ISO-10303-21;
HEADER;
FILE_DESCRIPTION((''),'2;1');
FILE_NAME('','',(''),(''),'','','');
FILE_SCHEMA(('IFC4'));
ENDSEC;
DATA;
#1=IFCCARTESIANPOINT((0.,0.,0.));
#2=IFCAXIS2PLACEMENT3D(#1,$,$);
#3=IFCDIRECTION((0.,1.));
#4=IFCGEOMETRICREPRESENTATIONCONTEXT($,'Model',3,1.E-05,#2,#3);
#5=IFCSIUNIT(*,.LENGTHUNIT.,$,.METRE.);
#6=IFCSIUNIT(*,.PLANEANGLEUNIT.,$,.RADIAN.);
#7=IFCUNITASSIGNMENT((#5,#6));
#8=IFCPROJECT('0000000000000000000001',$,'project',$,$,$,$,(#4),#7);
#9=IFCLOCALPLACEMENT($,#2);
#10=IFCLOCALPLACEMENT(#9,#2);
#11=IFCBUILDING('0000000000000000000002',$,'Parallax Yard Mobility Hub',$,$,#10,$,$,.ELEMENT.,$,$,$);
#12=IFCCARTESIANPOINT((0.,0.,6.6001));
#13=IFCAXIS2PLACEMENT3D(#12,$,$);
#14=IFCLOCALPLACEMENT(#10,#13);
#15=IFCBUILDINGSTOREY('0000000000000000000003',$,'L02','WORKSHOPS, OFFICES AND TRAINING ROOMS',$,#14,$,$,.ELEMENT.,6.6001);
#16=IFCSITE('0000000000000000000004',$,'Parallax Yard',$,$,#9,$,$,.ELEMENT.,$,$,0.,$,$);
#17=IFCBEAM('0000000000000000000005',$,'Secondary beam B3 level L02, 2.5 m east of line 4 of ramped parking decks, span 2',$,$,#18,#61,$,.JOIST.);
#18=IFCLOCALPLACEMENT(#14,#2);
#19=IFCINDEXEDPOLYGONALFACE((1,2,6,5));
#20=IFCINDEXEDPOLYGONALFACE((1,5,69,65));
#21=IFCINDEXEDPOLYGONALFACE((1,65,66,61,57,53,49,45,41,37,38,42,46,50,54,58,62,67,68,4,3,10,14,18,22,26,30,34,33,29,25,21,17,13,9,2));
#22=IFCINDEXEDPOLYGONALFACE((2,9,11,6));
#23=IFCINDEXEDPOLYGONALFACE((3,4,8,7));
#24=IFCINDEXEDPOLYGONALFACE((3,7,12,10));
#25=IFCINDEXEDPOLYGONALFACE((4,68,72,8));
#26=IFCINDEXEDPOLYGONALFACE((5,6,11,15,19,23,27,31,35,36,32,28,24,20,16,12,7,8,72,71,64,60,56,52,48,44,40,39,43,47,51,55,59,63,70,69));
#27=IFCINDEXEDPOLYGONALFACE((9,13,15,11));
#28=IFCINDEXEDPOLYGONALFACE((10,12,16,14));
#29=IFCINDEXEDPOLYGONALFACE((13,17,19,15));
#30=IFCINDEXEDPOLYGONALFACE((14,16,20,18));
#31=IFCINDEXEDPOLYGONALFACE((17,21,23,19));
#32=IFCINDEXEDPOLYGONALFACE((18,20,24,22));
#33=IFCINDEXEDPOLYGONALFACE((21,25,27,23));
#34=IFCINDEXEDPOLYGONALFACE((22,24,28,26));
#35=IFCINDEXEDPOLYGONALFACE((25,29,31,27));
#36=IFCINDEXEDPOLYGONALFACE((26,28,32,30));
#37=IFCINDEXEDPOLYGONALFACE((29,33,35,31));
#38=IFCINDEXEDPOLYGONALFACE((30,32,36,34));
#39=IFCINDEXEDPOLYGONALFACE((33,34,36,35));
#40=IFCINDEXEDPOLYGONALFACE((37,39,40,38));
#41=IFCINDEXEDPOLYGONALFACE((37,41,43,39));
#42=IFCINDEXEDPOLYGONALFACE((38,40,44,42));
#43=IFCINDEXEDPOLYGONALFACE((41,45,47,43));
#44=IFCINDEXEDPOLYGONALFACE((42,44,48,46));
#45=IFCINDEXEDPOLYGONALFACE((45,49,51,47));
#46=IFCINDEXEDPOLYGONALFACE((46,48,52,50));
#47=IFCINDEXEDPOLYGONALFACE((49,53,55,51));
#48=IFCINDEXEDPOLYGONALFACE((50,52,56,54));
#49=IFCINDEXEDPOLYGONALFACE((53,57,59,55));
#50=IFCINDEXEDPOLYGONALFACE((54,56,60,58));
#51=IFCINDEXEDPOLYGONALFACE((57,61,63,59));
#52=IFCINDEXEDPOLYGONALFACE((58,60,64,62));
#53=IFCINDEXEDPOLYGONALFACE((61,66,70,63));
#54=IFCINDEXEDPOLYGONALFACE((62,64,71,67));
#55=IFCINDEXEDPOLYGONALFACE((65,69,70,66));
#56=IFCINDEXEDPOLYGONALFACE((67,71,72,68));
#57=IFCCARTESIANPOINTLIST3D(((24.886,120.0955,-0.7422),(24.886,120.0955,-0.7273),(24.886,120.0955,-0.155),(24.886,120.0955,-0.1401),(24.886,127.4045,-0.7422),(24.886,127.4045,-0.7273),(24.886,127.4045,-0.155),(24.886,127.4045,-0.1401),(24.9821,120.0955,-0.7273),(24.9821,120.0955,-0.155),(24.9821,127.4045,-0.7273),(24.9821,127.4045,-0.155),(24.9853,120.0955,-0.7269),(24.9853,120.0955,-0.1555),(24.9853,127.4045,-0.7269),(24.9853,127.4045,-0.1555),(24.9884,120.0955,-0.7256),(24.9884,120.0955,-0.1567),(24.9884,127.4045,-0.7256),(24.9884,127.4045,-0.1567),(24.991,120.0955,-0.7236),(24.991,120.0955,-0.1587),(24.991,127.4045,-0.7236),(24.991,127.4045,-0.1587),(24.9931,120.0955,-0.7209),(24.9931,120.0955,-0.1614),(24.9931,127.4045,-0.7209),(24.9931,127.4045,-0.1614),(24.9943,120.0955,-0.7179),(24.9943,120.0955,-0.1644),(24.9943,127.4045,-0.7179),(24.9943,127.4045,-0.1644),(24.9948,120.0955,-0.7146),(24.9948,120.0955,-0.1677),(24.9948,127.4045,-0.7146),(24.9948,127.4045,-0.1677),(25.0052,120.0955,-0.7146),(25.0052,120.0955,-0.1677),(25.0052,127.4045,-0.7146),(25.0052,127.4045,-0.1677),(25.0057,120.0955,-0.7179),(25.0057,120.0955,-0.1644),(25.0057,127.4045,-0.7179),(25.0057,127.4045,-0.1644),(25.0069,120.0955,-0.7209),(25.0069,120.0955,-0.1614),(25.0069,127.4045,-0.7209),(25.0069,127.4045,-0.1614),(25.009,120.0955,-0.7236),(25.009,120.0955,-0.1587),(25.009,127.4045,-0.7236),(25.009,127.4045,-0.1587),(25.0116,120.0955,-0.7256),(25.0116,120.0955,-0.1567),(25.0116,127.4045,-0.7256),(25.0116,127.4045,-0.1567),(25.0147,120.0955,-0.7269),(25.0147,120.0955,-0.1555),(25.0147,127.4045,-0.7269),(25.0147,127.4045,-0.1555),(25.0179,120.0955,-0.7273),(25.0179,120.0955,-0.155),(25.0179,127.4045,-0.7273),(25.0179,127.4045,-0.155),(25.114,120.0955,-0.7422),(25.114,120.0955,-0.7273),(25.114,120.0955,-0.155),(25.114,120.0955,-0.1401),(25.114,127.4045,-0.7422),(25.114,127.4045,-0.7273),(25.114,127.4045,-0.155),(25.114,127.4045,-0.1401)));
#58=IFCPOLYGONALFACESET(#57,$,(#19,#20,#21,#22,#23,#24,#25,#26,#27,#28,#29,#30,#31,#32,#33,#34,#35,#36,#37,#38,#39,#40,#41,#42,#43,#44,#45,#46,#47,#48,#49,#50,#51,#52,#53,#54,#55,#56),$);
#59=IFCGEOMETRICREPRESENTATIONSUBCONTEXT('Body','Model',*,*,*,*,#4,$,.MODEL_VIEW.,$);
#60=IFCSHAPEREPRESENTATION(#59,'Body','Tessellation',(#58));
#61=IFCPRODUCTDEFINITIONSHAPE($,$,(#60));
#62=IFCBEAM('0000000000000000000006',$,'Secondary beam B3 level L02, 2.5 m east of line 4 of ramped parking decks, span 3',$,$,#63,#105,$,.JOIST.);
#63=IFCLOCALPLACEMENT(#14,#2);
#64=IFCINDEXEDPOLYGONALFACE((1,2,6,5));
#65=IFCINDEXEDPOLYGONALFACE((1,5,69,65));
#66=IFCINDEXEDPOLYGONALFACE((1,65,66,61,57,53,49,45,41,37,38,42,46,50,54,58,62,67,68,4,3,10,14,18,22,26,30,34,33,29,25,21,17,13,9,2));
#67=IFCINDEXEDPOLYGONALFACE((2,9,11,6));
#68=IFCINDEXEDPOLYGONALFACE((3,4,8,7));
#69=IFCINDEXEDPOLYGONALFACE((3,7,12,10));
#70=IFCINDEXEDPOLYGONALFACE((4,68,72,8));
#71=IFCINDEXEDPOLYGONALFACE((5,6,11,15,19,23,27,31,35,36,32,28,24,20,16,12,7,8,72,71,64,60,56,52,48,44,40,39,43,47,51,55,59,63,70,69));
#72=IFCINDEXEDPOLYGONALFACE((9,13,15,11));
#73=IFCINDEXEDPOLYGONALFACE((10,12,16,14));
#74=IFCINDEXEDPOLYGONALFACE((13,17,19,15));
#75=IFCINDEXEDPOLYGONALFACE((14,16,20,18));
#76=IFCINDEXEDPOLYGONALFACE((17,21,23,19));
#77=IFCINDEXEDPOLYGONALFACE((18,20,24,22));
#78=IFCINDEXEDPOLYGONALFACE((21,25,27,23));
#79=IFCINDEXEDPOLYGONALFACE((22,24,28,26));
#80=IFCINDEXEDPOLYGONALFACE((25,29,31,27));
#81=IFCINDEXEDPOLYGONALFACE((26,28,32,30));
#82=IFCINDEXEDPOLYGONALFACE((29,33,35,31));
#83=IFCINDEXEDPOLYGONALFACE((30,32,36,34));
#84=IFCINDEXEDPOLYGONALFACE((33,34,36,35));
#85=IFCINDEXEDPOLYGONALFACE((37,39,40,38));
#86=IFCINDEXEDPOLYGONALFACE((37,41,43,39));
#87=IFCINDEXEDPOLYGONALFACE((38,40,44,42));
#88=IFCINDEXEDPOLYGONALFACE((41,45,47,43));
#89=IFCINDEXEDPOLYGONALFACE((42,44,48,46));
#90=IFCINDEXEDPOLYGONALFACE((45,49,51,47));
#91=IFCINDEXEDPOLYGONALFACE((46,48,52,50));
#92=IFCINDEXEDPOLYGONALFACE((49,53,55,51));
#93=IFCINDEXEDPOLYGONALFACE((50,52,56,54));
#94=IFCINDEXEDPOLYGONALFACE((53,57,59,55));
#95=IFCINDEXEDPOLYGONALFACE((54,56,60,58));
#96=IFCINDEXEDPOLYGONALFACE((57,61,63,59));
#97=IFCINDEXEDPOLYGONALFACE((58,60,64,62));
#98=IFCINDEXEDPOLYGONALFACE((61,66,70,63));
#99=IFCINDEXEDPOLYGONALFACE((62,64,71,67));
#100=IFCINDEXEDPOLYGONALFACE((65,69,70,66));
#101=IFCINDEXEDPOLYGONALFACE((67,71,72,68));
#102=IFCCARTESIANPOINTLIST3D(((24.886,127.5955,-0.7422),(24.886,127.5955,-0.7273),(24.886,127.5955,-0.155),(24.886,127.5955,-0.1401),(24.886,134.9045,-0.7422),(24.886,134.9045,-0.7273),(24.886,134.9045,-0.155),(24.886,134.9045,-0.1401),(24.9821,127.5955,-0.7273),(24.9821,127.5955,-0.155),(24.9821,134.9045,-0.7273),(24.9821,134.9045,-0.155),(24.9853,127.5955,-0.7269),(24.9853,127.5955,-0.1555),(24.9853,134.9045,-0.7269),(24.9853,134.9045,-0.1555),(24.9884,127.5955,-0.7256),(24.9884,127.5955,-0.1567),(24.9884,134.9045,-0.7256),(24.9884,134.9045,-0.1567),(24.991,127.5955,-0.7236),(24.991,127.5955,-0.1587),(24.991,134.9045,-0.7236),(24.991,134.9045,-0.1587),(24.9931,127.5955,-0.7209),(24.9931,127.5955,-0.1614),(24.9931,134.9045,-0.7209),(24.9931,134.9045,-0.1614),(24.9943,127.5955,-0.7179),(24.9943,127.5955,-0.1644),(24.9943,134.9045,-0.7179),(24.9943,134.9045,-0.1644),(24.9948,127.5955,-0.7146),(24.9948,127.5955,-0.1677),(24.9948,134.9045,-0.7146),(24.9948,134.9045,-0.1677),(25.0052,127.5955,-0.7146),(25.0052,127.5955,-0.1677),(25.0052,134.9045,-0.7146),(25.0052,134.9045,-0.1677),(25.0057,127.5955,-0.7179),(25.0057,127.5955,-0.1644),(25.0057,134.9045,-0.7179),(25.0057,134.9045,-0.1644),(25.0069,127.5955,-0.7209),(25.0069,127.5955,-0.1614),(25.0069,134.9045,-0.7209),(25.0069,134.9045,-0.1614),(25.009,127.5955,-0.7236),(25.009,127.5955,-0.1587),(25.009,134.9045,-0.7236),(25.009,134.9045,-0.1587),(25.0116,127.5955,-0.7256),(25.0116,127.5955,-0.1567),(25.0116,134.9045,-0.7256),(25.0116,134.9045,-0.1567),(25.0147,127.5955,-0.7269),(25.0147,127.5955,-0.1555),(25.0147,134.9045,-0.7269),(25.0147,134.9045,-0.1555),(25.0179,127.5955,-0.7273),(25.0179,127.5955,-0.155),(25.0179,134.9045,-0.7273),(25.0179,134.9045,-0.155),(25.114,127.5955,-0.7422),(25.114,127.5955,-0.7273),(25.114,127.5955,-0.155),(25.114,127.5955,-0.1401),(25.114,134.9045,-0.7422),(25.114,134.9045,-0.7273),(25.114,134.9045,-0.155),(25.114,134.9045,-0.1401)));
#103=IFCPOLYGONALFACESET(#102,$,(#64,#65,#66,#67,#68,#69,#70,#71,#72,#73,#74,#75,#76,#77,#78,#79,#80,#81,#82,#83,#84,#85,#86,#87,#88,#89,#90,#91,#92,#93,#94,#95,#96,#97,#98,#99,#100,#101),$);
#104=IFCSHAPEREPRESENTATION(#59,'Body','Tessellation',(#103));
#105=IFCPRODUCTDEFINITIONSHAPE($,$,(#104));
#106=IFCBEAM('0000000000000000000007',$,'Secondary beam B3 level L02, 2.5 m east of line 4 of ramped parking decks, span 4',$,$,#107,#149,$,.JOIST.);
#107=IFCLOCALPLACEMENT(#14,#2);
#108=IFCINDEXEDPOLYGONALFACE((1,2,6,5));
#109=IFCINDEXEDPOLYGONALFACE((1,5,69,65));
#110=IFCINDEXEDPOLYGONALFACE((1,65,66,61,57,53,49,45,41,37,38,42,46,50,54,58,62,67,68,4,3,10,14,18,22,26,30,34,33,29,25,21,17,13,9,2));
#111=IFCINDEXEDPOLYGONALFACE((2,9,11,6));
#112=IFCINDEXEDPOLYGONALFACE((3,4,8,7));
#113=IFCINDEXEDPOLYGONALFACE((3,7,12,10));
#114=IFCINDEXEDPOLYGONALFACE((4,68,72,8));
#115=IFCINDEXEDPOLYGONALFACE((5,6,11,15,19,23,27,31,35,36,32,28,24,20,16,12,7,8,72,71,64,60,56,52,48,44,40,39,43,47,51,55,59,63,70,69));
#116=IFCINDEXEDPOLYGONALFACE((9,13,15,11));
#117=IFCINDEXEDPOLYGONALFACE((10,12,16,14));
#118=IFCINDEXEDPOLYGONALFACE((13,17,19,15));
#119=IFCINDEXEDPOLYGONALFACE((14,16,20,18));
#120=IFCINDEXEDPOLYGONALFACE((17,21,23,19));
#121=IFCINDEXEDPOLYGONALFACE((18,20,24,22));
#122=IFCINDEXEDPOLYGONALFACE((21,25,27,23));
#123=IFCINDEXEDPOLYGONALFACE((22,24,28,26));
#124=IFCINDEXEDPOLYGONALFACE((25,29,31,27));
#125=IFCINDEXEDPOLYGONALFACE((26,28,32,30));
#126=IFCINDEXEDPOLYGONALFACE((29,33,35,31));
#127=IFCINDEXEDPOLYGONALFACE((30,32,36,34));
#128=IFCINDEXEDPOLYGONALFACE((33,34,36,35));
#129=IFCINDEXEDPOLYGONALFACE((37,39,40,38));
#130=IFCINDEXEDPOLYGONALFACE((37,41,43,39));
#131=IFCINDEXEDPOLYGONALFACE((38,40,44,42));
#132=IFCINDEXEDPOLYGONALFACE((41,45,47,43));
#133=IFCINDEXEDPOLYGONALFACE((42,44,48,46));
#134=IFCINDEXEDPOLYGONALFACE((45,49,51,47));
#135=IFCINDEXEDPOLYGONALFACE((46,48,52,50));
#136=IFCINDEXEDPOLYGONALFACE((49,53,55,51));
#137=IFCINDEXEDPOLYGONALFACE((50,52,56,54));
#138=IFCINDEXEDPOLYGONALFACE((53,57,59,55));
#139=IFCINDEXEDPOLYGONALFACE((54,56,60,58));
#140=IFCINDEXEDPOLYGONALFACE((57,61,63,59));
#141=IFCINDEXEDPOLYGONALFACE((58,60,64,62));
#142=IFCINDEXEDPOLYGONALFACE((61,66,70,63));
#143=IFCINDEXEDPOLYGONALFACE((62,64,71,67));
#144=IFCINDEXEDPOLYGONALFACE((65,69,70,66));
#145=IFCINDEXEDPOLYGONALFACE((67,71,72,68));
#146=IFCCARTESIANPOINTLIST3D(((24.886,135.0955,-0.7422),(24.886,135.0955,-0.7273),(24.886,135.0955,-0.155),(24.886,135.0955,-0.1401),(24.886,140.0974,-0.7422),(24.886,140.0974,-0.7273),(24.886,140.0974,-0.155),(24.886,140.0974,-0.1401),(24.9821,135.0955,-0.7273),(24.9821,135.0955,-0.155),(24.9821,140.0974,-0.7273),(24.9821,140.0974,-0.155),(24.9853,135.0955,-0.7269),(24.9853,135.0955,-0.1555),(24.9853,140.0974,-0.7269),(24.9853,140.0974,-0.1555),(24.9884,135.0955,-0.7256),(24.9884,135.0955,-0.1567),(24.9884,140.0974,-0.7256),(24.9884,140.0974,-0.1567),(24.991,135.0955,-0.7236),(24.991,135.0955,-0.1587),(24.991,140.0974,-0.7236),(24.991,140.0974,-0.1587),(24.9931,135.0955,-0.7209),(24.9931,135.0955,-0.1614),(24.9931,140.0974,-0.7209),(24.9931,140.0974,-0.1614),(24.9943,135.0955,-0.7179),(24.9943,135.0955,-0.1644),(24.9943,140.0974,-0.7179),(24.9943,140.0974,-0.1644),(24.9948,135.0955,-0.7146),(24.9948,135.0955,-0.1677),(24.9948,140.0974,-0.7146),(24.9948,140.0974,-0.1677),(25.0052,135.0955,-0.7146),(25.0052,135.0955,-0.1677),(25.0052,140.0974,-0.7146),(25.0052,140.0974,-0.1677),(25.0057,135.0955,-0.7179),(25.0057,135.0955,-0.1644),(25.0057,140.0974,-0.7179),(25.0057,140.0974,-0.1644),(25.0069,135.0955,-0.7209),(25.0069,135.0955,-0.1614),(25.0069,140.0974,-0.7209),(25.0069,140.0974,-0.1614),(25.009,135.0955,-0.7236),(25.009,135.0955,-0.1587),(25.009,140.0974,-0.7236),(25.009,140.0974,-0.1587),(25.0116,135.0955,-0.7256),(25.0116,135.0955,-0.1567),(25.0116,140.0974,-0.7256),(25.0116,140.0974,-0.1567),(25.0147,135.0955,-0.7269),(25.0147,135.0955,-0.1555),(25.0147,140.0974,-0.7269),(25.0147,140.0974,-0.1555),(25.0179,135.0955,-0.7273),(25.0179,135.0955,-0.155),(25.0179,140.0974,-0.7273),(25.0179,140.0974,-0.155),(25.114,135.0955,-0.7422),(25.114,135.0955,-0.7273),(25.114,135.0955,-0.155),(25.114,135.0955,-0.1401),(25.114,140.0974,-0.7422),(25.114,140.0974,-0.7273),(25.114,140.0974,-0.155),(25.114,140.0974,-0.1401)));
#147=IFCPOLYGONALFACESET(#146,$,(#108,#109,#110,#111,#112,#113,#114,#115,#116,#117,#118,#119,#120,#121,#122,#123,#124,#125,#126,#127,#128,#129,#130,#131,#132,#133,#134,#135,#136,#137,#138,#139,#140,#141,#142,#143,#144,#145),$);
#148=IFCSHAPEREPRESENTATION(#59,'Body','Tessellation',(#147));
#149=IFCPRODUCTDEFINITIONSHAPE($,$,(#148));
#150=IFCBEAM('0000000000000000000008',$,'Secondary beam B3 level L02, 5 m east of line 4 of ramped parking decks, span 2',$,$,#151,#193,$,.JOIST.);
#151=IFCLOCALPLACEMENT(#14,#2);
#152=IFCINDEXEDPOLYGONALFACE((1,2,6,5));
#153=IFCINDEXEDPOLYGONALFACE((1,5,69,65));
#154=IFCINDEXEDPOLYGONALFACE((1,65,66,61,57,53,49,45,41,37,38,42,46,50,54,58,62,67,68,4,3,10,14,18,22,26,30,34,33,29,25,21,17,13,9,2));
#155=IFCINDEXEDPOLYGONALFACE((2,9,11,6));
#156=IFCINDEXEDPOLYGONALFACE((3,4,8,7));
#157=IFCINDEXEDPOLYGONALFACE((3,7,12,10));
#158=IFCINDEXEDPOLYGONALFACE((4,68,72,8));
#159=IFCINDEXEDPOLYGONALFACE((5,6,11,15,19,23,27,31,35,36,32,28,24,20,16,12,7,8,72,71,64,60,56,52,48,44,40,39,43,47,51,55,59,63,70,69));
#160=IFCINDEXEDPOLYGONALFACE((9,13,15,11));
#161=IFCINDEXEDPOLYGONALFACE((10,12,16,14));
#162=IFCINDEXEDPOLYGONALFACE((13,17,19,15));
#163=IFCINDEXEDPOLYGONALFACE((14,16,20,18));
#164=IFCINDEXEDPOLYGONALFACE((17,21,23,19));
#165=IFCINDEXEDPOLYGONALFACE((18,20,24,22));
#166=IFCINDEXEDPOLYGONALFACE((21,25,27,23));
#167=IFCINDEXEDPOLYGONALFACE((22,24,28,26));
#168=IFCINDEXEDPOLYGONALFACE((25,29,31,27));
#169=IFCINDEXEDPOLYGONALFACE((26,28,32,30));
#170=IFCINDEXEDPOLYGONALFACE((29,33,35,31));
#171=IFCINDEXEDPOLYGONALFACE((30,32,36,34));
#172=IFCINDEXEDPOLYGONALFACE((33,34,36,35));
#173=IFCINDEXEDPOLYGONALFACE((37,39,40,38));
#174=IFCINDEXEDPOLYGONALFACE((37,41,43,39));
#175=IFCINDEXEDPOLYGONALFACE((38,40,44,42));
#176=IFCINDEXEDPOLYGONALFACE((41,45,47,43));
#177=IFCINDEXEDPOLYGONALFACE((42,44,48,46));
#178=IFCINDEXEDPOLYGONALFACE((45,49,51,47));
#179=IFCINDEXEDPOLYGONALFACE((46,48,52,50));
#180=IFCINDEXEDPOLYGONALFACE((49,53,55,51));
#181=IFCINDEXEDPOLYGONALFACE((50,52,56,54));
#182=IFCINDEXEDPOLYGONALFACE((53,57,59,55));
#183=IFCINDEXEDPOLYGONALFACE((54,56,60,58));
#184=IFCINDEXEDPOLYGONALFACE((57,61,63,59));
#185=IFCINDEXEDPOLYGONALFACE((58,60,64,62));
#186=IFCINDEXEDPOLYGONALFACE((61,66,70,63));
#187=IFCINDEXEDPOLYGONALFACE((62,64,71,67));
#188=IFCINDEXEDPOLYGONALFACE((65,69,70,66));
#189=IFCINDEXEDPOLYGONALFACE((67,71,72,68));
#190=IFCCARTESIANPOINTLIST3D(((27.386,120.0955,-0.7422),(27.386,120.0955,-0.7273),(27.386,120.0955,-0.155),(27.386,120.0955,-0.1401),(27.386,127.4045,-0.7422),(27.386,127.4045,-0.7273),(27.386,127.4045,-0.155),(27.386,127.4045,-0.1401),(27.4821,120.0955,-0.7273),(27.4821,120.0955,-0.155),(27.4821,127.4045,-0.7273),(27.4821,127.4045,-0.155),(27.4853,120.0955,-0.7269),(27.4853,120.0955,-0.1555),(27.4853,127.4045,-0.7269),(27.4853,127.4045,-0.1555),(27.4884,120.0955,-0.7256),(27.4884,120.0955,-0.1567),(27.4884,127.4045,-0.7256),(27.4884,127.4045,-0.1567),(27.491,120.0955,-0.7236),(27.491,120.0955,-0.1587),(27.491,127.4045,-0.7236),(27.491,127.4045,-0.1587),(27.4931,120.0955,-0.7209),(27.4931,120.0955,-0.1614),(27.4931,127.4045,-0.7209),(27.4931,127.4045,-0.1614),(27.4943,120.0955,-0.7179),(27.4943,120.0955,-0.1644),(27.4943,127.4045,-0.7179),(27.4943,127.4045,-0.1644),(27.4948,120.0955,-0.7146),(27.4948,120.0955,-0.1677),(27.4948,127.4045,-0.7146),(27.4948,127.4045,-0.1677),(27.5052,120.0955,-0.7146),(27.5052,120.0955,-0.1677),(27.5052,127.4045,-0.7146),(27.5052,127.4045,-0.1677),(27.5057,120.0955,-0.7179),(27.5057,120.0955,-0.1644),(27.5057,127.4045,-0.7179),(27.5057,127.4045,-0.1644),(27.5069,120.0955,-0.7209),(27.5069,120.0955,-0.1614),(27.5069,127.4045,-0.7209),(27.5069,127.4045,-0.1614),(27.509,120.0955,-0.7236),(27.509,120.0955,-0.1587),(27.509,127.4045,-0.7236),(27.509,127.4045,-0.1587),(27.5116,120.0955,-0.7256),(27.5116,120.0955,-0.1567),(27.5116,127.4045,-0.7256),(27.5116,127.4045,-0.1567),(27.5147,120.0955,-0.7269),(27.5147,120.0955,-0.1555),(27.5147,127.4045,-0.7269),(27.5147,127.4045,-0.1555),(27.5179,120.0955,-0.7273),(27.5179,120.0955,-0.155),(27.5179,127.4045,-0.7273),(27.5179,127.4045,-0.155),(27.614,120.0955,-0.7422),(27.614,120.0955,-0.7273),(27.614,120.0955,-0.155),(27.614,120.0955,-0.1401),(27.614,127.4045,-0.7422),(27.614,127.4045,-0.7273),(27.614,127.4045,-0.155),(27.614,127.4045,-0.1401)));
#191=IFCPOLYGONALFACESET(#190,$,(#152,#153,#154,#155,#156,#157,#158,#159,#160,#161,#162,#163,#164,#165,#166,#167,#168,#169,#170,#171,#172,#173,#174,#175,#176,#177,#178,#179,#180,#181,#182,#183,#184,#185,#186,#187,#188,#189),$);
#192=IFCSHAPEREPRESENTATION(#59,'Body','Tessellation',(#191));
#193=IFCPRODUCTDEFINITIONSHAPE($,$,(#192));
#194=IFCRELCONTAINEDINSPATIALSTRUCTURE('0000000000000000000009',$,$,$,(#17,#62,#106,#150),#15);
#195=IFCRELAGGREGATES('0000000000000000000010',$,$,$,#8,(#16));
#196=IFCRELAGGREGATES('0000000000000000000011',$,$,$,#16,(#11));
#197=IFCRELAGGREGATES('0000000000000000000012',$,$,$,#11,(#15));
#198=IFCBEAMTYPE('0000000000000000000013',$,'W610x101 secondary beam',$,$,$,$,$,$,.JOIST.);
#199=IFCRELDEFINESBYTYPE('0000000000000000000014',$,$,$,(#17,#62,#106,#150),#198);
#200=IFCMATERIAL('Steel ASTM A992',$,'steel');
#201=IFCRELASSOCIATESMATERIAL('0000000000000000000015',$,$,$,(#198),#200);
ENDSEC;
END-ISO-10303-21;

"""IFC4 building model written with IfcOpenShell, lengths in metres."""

from ifc_helpers import new_model, si_unit, direction, frame, origin, origin_2d, place, context, subcontext, project, spatial, i_section, extrude, material, material_profile, profile_set, type_object, element, save


model = new_model("IFC4")

# Units and contexts
model_context = context("Model", 3, precision=1e-05, world=origin(), true_north=direction((0.0, 1.0)))
body_context = subcontext(model_context, "Body", "Model", "MODEL_VIEW")
ifc_project = project(units=[si_unit("LENGTHUNIT", "METRE"), si_unit("PLANEANGLEUNIT", "RADIAN")], contexts=[model_context])

# Site, building, storey
site_placement = place(None, origin())
site = spatial("IfcSite", under=ifc_project, at=site_placement, Name="Parallax Yard", CompositionType="ELEMENT", RefElevation=0.0)
building_placement = place(site_placement, origin())
building = spatial("IfcBuilding", under=site, at=building_placement, Name="Parallax Yard Mobility Hub", CompositionType="ELEMENT")
storey_placement = place(building_placement, frame((0.0, 0.0, 6.6001)))
storey = spatial("IfcBuildingStorey", under=building, at=storey_placement, Name="L02", Description="WORKSHOPS, OFFICES AND TRAINING ROOMS", CompositionType="ELEMENT", Elevation=6.6001)

# Beams
ifc_material_1 = material(Name="Steel ASTM A992", Category="steel")
ifc_material_profile_1 = material_profile(ifc_material_1, i_section(OverallWidth=0.228, OverallDepth=0.6021, WebThickness=0.0105, FlangeThickness=0.0149, FilletRadius=0.0127, at=origin_2d()), Name="W610x101")
ifc_profile_set_1 = profile_set([ifc_material_profile_1], Name="Steel ASTM A992")
beam_type_1 = type_object("IfcBeamType", Name="W610x101 secondary beam", PredefinedType="JOIST", material=ifc_profile_set_1)
for number, where, z_axis, x_axis, name in (
    (1, (25.0, 120.0955, -0.4412), (0.0, 1.0, 0.0), (-1.0, 0.0, 0.0), "Secondary beam B3 level L02, 2.5 m east of line 4 of ramped parking decks, span 2"),
    (2, (25.0, 127.5955, -0.4412), (0.0, 1.0, 0.0), (-1.0, 0.0, 0.0), "Secondary beam B3 level L02, 2.5 m east of line 4 of ramped parking decks, span 3"),
):
    element("IfcBeam", number, at=place(storey_placement, frame(where, z_axis=z_axis, x_axis=x_axis)), inside=storey, type_object=beam_type_1, Name=name, PredefinedType="JOIST", context=body_context, shape_type="SweptSolid", body=[
        extrude(i_section(OverallWidth=0.228, OverallDepth=0.6021, WebThickness=0.0105, FlangeThickness=0.0149, FilletRadius=0.0127, at=origin_2d()), origin(), (0.0, 0.0, 1.0), 7.3091),
    ])
beam_1_placement = place(storey_placement, frame((25.0, 135.0955, -0.4412), z_axis=(0.0, 1.0, 0.0), x_axis=(-1.0, 0.0, 0.0)))
element("IfcBeam", 3, at=beam_1_placement, inside=storey, type_object=beam_type_1, Name="Secondary beam B3 level L02, 2.5 m east of line 4 of ramped parking decks, span 4", PredefinedType="JOIST", context=body_context, shape_type="SweptSolid", body=[
    extrude(i_section(OverallWidth=0.228, OverallDepth=0.6021, WebThickness=0.0105, FlangeThickness=0.0149, FilletRadius=0.0127, at=origin_2d()), origin(), (0.0, 0.0, 1.0), 5.002),
])
for number, where, z_axis, x_axis, name in (
    (4, (27.5, 120.0955, -0.4412), (0.0, 1.0, 0.0), (-1.0, 0.0, 0.0), "Secondary beam B3 level L02, 5 m east of line 4 of ramped parking decks, span 2"),
):
    element("IfcBeam", number, at=place(storey_placement, frame(where, z_axis=z_axis, x_axis=x_axis)), inside=storey, type_object=beam_type_1, Name=name, PredefinedType="JOIST", context=body_context, shape_type="SweptSolid", body=[
        extrude(i_section(OverallWidth=0.228, OverallDepth=0.6021, WebThickness=0.0105, FlangeThickness=0.0149, FilletRadius=0.0127, at=origin_2d()), origin(), (0.0, 0.0, 1.0), 7.3091),
    ])

save(model, "model.ifc")
